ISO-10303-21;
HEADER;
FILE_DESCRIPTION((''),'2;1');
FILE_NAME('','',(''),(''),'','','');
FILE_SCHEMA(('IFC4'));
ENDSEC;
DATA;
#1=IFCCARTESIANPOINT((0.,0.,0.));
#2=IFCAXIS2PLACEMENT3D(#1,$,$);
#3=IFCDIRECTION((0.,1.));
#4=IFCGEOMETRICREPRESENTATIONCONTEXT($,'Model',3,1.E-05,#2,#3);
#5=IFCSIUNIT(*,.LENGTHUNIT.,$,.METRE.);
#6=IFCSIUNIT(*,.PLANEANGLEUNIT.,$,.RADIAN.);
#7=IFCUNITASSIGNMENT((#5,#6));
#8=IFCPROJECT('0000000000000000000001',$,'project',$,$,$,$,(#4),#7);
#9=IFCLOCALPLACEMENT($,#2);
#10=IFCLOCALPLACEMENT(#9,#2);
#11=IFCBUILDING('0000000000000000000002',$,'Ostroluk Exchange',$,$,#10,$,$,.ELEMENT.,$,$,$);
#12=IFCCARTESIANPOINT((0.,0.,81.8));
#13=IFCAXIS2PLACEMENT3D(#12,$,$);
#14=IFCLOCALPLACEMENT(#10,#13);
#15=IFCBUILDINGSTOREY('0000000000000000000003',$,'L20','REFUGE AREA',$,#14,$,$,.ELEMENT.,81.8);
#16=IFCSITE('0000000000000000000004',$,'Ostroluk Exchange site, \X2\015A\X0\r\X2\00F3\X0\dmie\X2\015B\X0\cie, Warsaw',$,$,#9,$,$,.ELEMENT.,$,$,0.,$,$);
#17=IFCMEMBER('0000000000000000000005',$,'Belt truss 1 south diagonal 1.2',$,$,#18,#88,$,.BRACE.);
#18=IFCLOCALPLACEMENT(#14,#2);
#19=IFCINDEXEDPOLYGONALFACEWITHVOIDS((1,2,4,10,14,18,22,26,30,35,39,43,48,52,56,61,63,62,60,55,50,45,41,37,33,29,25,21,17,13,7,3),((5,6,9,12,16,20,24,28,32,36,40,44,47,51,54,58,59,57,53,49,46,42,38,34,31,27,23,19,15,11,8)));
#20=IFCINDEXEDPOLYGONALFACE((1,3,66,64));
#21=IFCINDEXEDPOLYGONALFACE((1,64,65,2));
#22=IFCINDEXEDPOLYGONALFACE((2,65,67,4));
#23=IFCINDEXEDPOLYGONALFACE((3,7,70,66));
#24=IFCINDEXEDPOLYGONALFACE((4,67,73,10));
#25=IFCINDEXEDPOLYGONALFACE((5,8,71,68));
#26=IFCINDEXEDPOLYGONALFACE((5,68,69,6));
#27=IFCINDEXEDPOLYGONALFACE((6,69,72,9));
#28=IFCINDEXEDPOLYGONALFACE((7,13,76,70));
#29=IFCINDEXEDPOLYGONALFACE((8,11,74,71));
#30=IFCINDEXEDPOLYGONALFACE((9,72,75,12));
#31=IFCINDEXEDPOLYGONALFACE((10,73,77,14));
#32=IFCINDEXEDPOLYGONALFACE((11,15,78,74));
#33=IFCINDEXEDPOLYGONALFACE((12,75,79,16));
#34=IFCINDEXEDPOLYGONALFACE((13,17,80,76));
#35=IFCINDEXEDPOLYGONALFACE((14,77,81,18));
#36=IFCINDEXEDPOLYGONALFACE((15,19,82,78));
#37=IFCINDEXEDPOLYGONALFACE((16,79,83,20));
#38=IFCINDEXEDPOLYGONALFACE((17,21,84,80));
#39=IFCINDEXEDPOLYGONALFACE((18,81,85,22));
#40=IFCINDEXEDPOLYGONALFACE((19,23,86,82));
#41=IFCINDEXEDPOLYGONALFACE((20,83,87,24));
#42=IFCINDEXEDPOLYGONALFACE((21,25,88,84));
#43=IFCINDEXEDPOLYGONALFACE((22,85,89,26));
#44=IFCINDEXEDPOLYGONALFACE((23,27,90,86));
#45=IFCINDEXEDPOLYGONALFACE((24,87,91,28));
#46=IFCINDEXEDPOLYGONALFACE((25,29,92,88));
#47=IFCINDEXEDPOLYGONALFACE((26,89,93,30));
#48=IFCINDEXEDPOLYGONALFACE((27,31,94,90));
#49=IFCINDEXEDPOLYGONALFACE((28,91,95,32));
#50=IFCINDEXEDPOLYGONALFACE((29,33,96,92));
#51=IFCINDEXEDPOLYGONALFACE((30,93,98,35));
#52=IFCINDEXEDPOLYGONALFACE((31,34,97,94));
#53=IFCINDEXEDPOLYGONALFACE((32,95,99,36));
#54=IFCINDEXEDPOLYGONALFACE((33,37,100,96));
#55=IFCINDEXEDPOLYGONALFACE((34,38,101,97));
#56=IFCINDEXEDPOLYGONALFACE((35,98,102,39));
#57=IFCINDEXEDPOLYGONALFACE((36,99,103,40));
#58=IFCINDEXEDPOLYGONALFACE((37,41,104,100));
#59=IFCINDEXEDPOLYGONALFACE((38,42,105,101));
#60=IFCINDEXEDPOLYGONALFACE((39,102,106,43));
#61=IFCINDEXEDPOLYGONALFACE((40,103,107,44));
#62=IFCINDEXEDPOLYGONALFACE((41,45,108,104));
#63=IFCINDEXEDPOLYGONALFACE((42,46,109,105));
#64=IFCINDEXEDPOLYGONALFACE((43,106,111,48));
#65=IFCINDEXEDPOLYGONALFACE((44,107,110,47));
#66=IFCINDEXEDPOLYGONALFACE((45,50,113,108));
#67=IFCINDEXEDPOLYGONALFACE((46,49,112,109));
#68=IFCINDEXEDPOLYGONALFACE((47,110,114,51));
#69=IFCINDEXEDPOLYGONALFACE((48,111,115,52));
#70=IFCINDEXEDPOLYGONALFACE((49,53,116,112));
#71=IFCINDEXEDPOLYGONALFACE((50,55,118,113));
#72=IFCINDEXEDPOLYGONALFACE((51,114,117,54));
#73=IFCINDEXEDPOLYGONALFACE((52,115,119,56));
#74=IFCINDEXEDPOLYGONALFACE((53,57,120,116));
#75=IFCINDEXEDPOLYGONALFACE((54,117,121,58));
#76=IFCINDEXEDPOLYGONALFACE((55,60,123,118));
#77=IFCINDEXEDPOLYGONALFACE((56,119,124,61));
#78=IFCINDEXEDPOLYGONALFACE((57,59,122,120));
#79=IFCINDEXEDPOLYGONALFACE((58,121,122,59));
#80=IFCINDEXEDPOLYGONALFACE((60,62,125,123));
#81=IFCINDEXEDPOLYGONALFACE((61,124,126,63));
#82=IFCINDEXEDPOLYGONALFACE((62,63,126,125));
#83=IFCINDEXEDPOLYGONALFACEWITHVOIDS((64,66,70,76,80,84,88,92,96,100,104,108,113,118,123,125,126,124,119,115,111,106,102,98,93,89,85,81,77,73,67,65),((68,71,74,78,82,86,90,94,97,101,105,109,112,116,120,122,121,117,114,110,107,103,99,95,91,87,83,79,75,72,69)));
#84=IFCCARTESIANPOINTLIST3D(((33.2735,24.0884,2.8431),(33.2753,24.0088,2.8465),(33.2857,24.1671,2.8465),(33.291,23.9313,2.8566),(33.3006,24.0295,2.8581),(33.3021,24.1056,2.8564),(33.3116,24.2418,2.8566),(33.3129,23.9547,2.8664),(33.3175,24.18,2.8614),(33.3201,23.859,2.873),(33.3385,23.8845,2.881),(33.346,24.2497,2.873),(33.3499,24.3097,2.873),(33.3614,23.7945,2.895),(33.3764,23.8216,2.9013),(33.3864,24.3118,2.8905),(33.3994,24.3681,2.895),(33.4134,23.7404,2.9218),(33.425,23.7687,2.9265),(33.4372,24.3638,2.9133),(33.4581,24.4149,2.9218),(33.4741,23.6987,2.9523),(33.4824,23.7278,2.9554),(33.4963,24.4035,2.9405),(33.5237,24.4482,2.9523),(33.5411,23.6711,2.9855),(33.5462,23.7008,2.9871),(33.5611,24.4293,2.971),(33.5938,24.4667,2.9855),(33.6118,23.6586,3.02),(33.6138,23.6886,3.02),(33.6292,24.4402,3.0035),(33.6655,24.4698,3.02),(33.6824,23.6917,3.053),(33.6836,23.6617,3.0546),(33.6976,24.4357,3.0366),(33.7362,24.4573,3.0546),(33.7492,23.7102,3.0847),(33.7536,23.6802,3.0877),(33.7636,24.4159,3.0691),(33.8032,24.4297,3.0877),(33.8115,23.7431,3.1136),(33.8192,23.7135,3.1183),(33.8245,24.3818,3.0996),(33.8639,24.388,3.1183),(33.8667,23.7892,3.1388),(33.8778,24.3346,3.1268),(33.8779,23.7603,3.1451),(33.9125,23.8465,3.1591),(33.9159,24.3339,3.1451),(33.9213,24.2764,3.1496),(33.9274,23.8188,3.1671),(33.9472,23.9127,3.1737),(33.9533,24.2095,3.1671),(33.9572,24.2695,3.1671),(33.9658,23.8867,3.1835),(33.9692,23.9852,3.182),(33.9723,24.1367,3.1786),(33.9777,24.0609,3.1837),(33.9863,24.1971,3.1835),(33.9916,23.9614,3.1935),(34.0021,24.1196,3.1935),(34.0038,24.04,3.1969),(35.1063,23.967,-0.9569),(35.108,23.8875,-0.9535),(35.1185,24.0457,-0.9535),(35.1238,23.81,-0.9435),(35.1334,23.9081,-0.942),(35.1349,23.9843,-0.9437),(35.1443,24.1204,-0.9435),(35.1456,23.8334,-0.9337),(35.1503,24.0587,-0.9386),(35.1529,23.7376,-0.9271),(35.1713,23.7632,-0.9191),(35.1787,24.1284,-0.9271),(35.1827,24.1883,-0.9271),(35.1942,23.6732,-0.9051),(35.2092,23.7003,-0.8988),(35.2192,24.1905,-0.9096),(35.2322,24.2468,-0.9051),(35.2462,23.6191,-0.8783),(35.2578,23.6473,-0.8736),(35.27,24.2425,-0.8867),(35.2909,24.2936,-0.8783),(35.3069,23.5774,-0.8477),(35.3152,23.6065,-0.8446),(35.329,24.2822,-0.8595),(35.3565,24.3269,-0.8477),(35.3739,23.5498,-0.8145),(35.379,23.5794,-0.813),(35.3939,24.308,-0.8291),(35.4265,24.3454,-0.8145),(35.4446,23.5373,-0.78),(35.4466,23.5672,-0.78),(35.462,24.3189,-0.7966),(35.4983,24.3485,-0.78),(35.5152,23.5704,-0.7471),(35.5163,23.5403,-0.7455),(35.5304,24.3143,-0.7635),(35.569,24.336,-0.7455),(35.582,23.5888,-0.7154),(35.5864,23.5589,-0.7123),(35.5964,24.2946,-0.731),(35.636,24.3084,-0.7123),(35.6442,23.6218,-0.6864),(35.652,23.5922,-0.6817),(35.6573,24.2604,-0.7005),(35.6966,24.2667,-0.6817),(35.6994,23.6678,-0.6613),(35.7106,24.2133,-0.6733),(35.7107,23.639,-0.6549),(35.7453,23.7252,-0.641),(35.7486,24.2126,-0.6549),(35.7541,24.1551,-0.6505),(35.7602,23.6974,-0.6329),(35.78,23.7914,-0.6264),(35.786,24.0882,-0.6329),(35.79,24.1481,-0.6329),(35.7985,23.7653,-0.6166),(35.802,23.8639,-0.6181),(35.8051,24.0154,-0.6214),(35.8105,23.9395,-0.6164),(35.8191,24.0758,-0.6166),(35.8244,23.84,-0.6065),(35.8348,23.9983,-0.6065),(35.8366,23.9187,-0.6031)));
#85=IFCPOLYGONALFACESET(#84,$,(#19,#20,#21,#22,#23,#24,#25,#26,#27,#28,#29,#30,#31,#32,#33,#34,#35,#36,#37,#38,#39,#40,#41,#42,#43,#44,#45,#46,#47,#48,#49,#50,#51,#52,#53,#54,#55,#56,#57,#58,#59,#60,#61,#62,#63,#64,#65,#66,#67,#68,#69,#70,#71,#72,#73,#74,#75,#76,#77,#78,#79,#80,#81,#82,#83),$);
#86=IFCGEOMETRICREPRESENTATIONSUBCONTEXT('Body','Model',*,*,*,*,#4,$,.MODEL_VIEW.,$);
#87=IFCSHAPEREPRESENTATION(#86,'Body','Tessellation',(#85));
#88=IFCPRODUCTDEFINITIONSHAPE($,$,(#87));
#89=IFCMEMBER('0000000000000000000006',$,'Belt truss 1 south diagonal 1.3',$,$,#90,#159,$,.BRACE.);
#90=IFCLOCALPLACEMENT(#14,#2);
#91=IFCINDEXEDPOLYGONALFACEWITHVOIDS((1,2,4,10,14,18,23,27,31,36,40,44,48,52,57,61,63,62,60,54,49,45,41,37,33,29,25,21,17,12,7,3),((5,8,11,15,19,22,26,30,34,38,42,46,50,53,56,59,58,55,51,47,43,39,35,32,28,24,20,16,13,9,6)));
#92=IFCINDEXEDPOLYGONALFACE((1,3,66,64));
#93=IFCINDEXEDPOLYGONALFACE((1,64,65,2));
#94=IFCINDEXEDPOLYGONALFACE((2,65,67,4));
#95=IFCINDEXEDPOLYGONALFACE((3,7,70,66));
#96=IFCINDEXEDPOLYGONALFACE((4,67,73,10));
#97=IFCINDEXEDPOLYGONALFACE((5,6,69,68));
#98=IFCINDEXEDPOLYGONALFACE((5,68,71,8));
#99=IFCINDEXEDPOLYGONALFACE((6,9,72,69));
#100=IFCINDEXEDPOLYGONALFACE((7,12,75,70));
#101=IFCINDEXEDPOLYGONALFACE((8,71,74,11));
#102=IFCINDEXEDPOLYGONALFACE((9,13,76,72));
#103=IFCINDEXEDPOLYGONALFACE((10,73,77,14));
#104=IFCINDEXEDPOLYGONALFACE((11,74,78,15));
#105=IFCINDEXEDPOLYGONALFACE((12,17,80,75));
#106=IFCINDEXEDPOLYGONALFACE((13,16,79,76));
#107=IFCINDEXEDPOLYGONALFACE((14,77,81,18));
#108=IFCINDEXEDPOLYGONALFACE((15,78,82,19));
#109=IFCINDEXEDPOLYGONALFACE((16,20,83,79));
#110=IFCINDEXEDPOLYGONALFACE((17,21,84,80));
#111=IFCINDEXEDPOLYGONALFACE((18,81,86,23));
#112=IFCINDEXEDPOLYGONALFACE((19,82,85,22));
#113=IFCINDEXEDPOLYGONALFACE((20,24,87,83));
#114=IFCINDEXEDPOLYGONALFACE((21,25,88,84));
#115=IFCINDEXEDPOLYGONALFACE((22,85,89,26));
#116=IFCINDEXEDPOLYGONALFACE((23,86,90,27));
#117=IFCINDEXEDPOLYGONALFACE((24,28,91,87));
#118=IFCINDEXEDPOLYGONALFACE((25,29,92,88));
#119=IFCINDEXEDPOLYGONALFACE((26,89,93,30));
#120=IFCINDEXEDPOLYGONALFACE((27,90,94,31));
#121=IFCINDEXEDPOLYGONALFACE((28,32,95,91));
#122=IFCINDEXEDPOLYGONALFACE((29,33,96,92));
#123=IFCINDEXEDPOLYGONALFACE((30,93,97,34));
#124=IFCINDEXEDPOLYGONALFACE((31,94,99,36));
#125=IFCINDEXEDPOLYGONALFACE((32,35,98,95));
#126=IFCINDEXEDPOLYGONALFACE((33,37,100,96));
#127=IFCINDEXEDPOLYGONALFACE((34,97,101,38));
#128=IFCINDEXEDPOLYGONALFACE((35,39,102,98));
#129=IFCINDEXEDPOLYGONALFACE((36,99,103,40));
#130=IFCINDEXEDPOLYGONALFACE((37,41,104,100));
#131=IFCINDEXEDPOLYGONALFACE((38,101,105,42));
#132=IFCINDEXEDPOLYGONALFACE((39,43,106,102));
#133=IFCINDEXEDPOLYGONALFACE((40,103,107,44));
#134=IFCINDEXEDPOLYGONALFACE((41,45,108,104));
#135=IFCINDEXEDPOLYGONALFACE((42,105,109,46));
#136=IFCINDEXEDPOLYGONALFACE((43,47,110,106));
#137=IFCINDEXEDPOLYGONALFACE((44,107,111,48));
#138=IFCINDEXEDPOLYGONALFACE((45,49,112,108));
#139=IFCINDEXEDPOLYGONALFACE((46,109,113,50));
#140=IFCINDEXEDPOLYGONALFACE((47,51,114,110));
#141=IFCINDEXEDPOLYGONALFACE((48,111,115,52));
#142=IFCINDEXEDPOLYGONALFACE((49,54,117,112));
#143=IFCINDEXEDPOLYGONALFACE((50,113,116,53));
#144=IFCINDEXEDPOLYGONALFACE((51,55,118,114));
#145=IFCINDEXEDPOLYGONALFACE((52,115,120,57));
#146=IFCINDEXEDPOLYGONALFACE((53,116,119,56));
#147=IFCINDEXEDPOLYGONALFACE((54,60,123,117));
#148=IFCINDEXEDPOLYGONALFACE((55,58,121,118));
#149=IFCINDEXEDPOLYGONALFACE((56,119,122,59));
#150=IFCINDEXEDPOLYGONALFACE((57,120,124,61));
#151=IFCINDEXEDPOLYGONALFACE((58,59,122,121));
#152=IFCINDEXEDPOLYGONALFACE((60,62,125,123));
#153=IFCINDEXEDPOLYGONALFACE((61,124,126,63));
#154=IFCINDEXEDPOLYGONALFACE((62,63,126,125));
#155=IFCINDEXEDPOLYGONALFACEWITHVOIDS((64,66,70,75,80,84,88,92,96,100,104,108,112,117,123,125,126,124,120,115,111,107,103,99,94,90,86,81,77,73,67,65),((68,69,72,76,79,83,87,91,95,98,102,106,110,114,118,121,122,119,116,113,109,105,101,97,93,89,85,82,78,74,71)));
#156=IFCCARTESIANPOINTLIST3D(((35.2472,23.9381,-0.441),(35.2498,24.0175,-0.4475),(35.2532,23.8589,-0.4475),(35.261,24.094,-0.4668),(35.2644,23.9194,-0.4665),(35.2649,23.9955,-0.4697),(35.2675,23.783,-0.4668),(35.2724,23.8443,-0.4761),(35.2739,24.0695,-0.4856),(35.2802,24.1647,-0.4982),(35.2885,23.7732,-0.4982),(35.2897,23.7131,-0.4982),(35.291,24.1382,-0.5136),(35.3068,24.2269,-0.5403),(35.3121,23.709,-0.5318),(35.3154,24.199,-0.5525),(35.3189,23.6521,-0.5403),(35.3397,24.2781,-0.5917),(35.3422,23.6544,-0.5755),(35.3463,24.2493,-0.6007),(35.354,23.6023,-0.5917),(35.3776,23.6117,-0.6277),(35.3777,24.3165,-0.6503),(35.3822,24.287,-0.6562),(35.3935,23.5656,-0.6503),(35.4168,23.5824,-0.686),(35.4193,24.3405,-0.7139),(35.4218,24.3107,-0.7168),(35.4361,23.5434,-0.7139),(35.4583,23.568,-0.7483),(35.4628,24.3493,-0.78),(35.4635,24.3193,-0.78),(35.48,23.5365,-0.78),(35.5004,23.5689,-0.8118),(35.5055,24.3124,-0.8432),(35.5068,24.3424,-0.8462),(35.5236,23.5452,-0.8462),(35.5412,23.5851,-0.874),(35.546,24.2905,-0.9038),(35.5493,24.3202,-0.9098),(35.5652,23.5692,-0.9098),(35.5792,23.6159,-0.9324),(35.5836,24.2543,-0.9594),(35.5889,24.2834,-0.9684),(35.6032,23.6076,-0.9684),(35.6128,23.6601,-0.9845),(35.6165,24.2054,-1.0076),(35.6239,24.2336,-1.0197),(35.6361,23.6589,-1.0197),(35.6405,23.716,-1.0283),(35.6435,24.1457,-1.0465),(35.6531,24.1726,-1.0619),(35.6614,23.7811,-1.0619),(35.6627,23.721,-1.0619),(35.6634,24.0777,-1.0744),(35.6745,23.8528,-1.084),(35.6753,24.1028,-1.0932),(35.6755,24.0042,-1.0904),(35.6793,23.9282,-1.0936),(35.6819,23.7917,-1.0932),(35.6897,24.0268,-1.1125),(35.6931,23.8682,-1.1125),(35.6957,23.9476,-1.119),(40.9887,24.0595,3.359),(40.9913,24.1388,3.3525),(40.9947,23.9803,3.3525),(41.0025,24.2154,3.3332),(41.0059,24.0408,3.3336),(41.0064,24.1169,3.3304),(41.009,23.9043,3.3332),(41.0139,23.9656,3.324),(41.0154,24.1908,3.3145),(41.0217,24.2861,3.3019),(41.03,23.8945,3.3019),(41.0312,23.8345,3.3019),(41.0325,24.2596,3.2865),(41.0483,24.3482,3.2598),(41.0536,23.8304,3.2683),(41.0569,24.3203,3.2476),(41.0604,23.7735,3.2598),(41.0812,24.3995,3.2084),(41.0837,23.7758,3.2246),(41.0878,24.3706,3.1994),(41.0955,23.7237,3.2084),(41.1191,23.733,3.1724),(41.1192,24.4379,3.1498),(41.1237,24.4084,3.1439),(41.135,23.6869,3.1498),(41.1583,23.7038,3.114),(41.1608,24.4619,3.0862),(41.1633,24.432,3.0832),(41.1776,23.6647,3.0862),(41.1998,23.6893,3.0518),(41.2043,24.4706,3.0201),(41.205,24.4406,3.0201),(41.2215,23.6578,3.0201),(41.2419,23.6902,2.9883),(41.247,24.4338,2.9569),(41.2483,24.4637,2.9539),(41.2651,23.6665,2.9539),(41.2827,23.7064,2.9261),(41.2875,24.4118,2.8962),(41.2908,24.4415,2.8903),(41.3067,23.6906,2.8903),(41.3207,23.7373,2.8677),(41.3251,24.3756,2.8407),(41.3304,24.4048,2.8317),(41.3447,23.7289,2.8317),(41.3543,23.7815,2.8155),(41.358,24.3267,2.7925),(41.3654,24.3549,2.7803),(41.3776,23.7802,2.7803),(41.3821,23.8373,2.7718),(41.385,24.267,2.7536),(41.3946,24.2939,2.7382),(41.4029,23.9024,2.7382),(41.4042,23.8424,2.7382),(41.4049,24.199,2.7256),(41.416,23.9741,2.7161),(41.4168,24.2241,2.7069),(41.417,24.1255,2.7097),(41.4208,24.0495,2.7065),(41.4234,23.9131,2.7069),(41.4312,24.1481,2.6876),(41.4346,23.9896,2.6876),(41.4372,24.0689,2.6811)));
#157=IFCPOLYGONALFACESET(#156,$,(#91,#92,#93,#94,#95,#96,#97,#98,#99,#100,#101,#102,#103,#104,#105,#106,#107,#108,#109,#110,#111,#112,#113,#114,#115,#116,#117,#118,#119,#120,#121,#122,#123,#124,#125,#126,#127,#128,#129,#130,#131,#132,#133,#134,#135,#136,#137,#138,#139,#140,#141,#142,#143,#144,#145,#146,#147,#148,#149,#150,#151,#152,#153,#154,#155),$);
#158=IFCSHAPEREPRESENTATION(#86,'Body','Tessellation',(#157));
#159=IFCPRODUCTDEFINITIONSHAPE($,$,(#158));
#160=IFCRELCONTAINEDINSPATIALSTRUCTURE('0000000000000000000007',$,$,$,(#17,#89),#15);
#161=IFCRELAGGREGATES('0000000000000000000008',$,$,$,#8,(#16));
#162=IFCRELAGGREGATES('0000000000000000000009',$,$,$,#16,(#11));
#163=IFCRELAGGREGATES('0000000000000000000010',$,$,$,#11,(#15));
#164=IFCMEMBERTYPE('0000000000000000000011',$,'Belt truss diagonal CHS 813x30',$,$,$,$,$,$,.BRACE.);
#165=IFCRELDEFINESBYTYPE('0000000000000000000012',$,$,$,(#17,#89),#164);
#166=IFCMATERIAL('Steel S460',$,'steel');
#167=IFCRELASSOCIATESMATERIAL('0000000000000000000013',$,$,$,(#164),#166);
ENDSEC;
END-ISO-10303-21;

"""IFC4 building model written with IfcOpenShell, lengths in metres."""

from ifc_helpers import new_model, si_unit, direction, frame, origin, origin_2d, place, context, subcontext, project, spatial, hollow_circle, extrude, material, material_profile, profile_set, type_object, element, save


model = new_model("IFC4")

# Units and contexts
model_context = context("Model", 3, precision=1e-05, world=origin(), true_north=direction((0.0, 1.0)))
body_context = subcontext(model_context, "Body", "Model", "MODEL_VIEW")
ifc_project = project(units=[si_unit("LENGTHUNIT", "METRE"), si_unit("PLANEANGLEUNIT", "RADIAN")], contexts=[model_context])

# Site, building, storey
site_placement = place(None, origin())
site = spatial("IfcSite", under=ifc_project, at=site_placement, Name="Ostroluk Exchange site, Śródmieście, Warsaw", CompositionType="ELEMENT", RefElevation=0.0)
building_placement = place(site_placement, origin())
building = spatial("IfcBuilding", under=site, at=building_placement, Name="Ostroluk Exchange", CompositionType="ELEMENT")
storey_placement = place(building_placement, frame((0.0, 0.0, 81.8)))
storey = spatial("IfcBuildingStorey", under=building, at=storey_placement, Name="L20", Description="REFUGE AREA", CompositionType="ELEMENT", Elevation=81.8)

# Members
ifc_material_1 = material(Name="Steel S460", Category="steel")
ifc_material_profile_1 = material_profile(ifc_material_1, hollow_circle(Radius=0.4065, WallThickness=0.03, at=origin_2d()), Name="CHS 813x30")
ifc_profile_set_1 = profile_set([ifc_material_profile_1], Name="Steel S460")
member_type_1 = type_object("IfcMemberType", Name="Belt truss diagonal CHS 813x30", PredefinedType="BRACE", material=ifc_profile_set_1)
member_1_placement = place(storey_placement, frame((35.4714, 23.9429, -0.78), z_axis=(-0.434234, 0.028748, 0.900341), x_axis=(-0.06606, -0.997816, 0.0)))
element("IfcMember", 1, at=member_1_placement, inside=storey, type_object=member_type_1, Name="Belt truss 1 south diagonal 1.2", PredefinedType="BRACE", context=body_context, shape_type="SweptSolid", body=[
    extrude(hollow_circle(Radius=0.4065, WallThickness=0.03, at=origin_2d()), origin(), (0.0, 0.0, 1.0), 4.2207),
])
member_2_placement = place(storey_placement, frame((35.4714, 23.9429, -0.78), z_axis=(0.833766, 0.017621, 0.551837), x_axis=(-0.021129, 0.999777, 0.0)))
element("IfcMember", 2, at=member_2_placement, inside=storey, type_object=member_type_1, Name="Belt truss 1 south diagonal 1.3", PredefinedType="BRACE", context=body_context, shape_type="SweptSolid", body=[
    extrude(hollow_circle(Radius=0.4065, WallThickness=0.03, at=origin_2d()), origin(), (0.0, 0.0, 1.0), 6.8862),
])

save(model, "model.ifc")
